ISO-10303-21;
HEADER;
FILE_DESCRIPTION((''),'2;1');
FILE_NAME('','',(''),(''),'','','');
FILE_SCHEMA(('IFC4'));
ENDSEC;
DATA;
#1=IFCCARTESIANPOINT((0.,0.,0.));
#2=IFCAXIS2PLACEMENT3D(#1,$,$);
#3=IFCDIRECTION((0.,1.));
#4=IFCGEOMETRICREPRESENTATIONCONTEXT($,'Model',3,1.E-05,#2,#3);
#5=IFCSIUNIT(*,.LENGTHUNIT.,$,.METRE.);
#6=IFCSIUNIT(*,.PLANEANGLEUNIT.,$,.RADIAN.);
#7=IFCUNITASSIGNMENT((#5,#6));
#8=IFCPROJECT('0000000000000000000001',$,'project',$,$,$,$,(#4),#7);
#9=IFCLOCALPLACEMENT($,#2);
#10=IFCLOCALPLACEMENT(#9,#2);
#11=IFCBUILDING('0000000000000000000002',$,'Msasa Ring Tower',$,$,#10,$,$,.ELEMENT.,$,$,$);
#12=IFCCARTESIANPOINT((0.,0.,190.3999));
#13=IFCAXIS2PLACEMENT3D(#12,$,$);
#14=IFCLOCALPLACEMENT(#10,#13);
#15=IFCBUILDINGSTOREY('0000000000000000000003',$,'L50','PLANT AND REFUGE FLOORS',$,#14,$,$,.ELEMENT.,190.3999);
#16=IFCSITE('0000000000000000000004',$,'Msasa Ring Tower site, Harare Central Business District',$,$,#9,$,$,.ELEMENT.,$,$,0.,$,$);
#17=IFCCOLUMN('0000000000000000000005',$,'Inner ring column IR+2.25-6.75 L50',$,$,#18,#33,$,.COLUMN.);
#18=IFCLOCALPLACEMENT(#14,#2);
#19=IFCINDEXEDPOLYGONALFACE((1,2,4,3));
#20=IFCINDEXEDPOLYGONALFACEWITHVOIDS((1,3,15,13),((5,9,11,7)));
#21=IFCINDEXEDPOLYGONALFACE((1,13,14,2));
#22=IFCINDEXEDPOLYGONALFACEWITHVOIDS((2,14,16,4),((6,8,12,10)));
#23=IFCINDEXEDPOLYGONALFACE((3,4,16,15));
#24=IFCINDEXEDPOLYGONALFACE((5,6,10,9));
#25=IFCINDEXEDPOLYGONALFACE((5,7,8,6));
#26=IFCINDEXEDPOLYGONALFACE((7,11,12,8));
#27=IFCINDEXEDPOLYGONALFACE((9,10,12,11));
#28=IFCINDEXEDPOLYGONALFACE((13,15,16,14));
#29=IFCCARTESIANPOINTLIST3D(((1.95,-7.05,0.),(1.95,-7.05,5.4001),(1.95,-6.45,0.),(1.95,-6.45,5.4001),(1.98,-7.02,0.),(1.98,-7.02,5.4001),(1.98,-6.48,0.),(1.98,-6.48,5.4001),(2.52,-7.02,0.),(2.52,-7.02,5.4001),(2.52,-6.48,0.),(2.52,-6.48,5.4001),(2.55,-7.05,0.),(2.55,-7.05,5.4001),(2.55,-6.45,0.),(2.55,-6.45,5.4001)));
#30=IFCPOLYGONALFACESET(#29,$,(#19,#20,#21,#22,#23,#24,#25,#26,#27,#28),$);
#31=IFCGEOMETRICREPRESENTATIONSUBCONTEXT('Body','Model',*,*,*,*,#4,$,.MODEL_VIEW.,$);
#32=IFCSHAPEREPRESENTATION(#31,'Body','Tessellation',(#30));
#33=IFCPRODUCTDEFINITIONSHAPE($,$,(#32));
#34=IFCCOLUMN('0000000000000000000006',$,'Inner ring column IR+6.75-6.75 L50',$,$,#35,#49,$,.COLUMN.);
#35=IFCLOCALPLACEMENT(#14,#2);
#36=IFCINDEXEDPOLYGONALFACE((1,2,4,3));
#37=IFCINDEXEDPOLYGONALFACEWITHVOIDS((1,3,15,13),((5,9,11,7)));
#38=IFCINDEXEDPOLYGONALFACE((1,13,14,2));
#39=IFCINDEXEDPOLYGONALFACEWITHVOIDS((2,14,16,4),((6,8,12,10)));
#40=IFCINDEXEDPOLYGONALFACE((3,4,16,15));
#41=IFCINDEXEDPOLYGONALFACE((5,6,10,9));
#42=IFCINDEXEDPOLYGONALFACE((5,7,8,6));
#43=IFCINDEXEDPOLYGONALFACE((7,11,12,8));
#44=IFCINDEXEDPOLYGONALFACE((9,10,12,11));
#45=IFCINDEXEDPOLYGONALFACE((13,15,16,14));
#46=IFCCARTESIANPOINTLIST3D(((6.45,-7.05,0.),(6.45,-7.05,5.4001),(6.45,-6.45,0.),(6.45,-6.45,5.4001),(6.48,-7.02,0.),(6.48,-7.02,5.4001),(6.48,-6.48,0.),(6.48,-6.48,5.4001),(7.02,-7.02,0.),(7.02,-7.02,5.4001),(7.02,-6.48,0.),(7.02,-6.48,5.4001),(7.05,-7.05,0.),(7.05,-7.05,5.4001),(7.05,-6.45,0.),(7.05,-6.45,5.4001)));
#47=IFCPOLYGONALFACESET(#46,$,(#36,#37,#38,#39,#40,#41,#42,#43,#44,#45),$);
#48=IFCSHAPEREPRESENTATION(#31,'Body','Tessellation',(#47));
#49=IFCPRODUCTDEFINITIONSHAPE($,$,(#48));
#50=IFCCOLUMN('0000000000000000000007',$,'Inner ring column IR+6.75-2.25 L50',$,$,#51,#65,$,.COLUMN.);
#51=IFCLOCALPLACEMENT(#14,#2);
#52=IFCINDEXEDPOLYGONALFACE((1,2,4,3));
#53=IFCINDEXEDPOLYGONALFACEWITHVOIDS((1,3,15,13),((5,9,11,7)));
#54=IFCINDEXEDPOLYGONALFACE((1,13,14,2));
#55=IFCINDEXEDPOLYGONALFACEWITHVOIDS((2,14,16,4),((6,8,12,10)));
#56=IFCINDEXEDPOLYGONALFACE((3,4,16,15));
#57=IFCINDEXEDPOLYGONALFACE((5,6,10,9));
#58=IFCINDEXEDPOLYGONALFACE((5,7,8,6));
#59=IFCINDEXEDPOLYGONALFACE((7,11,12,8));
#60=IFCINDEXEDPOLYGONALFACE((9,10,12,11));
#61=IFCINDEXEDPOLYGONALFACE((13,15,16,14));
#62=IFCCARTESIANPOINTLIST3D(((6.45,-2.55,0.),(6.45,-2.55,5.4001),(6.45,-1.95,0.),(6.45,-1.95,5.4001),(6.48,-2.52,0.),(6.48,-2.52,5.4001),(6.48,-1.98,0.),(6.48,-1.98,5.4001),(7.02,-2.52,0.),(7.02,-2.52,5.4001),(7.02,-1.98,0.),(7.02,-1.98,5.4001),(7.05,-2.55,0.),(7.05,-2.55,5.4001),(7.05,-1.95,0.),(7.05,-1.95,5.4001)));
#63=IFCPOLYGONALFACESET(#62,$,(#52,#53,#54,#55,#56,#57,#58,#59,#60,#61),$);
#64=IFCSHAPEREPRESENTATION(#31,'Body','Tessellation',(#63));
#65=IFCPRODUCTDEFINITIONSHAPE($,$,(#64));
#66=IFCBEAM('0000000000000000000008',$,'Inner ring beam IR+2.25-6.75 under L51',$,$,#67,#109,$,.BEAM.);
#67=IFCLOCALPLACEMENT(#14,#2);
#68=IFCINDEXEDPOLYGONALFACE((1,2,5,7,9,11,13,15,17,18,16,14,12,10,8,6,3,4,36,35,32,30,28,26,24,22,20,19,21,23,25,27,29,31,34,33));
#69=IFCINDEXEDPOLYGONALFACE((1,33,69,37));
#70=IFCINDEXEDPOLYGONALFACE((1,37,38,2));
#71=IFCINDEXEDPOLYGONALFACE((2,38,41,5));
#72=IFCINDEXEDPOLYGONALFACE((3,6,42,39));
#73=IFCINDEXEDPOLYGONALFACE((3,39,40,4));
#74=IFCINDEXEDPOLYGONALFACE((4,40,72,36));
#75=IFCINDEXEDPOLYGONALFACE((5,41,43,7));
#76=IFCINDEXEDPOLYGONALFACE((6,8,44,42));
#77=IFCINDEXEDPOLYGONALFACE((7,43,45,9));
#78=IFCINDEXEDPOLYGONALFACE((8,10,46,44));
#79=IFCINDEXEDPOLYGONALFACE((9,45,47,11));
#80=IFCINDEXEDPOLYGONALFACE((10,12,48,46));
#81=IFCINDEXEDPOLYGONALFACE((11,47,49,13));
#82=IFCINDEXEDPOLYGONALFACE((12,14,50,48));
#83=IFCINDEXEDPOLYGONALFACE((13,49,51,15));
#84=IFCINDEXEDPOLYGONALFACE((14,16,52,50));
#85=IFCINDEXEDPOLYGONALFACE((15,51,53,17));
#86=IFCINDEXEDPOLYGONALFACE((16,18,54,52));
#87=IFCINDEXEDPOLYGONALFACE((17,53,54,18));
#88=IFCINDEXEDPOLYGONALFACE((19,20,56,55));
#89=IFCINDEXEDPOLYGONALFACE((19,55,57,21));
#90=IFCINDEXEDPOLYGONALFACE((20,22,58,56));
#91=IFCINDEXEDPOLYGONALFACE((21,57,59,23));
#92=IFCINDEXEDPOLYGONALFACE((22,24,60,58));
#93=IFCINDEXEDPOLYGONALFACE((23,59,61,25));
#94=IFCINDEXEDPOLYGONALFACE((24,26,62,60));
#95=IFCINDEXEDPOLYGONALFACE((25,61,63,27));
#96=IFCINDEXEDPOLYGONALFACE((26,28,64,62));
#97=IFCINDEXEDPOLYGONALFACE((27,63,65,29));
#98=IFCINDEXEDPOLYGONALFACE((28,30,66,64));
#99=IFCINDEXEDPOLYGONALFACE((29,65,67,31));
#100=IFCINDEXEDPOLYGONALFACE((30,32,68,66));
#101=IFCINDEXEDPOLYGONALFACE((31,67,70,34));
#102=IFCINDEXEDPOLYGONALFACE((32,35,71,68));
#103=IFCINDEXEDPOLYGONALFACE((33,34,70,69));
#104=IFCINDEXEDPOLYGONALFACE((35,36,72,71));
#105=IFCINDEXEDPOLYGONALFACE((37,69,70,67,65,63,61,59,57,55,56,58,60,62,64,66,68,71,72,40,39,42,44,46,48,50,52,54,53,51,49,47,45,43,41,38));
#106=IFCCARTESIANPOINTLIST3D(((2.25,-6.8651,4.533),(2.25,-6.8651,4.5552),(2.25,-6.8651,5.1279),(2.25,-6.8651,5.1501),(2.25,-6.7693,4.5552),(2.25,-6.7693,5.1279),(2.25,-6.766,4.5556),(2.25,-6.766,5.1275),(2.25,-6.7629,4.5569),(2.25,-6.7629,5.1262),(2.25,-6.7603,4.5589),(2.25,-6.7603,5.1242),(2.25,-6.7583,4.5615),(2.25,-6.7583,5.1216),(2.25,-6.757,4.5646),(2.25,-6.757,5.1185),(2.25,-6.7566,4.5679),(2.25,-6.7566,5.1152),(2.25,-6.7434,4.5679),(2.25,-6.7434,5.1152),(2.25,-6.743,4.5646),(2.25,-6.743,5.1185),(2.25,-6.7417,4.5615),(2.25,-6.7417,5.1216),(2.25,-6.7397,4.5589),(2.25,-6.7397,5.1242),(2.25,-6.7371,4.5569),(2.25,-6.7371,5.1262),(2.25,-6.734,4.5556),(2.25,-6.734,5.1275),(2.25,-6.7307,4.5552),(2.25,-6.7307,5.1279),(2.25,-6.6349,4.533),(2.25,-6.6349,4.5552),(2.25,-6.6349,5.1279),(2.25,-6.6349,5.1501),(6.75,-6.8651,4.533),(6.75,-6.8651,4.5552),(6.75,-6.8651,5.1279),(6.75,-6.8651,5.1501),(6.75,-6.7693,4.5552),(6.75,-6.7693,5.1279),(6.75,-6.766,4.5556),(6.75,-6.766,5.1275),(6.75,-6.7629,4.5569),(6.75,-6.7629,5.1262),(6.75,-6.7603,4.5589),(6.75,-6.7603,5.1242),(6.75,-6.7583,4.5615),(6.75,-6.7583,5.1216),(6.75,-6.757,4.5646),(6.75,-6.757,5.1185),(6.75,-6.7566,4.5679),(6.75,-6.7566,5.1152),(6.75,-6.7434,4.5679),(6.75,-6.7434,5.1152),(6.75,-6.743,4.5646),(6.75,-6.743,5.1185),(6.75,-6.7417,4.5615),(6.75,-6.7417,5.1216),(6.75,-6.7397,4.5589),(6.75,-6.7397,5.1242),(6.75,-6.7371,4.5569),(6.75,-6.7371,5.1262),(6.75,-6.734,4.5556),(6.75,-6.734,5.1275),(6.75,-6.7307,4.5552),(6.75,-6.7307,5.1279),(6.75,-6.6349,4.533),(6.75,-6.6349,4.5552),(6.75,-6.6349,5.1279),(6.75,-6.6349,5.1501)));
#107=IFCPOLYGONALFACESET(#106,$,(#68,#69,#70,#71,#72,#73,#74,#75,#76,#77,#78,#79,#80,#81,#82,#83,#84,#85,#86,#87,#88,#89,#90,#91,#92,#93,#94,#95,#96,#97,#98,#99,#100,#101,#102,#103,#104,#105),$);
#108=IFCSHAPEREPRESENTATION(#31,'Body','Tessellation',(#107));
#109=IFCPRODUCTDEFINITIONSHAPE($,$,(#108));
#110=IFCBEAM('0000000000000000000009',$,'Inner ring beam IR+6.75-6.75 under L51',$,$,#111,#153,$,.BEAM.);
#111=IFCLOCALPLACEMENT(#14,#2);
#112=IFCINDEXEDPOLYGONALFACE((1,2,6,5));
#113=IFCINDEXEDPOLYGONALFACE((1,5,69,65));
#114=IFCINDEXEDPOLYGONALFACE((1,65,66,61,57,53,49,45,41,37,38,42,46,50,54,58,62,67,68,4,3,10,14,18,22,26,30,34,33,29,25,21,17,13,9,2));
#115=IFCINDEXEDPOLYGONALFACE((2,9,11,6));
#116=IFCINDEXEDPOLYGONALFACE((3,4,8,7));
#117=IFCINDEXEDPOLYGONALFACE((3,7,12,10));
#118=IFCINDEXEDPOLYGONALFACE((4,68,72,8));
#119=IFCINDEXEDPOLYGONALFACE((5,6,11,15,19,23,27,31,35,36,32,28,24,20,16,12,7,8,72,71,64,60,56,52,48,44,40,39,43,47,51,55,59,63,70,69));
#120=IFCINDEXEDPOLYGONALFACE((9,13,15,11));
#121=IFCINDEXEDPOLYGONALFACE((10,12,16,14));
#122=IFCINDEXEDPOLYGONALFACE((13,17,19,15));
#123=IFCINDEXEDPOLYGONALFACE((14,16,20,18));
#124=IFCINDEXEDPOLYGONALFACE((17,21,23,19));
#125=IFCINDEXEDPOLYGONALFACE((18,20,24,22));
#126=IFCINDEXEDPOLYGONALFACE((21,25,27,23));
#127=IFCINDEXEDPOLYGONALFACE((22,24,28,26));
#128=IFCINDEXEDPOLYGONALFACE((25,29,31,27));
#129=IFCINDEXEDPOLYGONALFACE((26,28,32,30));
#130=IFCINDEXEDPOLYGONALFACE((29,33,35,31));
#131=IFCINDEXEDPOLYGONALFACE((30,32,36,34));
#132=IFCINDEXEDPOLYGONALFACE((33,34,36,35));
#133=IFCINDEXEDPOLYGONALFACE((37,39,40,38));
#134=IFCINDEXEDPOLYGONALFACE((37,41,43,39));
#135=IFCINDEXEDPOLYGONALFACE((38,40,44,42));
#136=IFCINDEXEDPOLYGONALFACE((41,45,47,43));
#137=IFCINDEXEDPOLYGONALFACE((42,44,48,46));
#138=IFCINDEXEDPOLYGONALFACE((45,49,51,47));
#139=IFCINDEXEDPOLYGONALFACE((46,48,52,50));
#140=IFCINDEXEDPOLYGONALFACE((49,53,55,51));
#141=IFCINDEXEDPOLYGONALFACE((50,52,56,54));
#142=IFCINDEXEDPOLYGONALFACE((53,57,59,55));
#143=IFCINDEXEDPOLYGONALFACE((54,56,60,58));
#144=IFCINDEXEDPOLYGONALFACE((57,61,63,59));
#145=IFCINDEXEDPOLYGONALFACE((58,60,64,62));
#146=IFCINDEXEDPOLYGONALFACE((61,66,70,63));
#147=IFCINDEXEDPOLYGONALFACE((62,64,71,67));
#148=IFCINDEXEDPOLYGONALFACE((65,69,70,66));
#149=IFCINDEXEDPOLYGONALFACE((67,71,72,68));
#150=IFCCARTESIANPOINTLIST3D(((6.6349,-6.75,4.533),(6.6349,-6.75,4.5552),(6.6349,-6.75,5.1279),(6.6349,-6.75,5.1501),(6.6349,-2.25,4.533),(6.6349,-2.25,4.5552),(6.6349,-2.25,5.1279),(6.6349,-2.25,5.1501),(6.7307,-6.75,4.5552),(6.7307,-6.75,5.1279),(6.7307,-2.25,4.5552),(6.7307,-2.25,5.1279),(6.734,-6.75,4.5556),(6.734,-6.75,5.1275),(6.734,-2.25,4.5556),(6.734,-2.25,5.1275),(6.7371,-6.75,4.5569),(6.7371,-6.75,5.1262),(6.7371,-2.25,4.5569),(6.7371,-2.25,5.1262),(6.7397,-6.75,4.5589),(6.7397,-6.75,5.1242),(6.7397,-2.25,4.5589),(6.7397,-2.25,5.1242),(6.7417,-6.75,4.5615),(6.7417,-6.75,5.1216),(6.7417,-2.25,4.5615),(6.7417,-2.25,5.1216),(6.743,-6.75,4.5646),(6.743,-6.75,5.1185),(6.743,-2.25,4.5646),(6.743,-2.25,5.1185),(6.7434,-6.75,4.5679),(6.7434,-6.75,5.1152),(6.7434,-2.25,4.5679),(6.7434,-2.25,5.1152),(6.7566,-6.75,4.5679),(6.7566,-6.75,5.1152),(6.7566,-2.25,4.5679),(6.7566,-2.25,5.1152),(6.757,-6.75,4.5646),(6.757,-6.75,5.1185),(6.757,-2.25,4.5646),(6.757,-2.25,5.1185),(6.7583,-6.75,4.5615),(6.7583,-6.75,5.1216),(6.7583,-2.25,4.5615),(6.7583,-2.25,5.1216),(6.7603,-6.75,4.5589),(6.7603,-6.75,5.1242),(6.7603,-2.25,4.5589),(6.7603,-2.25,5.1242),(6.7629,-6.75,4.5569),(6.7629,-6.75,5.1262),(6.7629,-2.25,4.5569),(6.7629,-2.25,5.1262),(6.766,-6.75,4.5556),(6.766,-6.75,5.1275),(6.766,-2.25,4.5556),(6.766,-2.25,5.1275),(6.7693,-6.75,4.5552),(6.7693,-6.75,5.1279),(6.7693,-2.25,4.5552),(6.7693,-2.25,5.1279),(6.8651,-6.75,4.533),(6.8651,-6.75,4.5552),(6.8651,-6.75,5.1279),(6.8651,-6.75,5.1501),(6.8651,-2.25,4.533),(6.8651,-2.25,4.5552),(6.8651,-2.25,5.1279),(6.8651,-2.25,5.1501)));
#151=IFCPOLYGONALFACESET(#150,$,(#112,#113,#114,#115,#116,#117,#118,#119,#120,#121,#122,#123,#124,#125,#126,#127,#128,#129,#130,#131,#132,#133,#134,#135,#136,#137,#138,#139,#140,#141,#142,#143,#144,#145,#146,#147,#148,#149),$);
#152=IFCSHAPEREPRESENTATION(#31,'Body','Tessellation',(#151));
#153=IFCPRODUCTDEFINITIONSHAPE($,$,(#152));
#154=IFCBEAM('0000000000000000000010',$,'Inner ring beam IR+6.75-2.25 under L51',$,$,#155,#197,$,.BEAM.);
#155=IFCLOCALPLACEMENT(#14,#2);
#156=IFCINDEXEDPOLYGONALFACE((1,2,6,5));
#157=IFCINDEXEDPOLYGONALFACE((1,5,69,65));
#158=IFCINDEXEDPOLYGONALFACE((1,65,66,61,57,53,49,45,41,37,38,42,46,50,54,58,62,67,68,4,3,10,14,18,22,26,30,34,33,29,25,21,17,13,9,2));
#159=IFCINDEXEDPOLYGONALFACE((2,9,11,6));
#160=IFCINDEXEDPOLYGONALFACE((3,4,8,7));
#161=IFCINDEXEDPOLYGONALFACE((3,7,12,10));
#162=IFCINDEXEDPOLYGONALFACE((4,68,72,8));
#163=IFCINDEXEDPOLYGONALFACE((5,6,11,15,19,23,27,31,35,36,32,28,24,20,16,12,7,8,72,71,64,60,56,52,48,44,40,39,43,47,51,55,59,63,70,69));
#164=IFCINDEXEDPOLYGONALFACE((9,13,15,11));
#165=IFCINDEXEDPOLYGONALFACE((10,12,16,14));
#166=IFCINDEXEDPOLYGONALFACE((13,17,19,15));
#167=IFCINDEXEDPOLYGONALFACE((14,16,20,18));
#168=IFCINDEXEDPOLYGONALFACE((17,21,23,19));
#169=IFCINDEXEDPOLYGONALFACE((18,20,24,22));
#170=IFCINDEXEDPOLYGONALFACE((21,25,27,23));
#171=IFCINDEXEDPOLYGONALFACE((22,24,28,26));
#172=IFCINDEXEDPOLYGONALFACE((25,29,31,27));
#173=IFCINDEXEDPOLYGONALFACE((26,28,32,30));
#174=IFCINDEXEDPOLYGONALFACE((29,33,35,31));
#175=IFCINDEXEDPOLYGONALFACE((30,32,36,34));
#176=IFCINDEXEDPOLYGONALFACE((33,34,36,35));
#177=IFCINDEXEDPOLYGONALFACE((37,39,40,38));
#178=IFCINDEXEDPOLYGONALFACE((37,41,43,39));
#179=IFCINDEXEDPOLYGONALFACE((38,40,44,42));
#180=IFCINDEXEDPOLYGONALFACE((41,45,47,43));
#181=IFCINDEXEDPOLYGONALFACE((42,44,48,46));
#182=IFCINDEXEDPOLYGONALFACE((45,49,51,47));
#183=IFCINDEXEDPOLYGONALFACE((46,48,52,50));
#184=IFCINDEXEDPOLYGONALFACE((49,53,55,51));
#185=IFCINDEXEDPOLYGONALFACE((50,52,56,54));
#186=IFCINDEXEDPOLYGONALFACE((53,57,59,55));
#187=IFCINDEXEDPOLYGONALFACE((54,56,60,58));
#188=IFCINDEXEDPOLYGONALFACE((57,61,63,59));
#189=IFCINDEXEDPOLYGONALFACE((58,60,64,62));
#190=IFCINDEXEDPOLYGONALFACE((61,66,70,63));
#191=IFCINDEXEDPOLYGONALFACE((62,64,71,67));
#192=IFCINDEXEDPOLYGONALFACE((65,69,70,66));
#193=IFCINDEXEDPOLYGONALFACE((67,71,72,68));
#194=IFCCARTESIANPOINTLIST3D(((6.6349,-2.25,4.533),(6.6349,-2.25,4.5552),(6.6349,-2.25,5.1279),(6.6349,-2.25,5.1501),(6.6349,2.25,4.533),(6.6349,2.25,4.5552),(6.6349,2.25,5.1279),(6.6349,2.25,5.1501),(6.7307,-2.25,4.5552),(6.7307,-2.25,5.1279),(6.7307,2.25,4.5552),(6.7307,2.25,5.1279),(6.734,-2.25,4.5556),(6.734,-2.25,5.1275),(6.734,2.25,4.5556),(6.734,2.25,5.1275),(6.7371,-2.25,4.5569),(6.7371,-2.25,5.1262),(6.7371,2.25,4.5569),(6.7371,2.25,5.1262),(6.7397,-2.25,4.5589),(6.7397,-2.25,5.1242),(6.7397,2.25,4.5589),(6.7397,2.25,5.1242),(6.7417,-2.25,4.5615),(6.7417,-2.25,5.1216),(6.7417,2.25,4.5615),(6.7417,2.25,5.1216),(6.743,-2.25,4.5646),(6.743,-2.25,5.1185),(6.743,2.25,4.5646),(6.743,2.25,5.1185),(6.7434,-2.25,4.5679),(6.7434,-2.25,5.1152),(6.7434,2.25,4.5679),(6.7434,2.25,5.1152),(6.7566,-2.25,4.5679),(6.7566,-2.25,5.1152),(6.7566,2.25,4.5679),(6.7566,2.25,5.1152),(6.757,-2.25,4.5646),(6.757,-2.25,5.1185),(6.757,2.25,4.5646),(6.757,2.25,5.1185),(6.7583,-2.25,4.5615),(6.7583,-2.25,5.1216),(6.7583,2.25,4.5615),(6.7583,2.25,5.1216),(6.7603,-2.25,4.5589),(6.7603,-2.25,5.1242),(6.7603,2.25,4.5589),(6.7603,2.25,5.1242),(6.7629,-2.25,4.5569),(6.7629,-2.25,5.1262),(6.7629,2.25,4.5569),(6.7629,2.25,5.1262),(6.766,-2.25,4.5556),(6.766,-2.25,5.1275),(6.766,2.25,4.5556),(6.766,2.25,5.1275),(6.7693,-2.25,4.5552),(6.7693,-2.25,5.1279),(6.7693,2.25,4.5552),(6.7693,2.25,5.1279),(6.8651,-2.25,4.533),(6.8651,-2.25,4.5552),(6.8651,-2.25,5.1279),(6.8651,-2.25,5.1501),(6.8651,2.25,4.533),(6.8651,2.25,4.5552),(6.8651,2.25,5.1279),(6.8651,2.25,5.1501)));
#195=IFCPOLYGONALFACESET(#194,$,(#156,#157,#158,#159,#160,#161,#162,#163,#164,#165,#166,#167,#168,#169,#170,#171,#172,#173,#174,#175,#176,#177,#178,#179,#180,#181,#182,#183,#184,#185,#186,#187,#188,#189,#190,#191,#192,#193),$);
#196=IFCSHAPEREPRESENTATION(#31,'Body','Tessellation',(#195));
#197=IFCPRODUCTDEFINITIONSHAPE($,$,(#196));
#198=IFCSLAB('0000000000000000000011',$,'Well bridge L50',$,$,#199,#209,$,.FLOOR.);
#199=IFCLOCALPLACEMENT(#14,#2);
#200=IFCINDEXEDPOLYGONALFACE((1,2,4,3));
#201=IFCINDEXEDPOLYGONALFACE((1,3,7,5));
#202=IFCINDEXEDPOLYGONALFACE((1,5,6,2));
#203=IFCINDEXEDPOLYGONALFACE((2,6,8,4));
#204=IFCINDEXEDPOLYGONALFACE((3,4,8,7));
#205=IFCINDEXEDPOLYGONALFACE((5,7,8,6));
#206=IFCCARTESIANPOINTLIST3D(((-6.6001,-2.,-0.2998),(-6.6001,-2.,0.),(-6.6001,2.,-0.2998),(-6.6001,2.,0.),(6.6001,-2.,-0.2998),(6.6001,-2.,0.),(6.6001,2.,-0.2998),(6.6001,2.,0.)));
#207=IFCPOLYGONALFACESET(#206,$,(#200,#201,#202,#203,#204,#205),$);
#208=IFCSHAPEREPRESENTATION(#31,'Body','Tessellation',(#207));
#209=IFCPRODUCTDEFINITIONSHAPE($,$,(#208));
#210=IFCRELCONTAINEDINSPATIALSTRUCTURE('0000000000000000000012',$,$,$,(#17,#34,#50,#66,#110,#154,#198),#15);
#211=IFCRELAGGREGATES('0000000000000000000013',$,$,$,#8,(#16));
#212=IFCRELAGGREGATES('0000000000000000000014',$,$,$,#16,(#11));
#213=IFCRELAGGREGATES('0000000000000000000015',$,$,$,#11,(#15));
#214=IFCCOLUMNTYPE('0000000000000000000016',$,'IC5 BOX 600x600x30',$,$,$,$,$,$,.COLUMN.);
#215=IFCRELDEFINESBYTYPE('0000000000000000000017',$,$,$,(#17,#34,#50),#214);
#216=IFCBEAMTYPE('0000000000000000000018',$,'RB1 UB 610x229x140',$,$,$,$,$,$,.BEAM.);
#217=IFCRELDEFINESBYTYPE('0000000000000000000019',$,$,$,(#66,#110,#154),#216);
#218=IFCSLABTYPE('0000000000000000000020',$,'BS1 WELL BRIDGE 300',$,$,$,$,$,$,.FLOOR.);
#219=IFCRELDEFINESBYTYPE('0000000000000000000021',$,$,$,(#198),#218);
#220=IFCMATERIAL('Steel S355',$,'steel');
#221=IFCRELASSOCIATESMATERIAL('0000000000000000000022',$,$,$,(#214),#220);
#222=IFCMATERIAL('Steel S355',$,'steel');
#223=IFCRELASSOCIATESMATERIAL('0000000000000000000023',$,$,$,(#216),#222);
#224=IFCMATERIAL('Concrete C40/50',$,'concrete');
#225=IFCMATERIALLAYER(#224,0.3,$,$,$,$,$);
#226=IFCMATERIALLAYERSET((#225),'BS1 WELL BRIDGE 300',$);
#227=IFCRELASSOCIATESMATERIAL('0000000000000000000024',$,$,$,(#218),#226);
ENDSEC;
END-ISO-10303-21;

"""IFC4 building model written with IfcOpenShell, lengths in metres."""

from ifc_helpers import new_model, si_unit, direction, frame, origin, origin_2d, place, context, subcontext, project, spatial, polyline, hollow_rectangle, i_section, outline, extrude, material, layer, layer_set, material_profile, profile_set, type_object, element, save


model = new_model("IFC4")

# Units and contexts
model_context = context("Model", 3, precision=1e-05, world=origin(), true_north=direction((0.0, 1.0)))
body_context = subcontext(model_context, "Body", "Model", "MODEL_VIEW")
ifc_project = project(units=[si_unit("LENGTHUNIT", "METRE"), si_unit("PLANEANGLEUNIT", "RADIAN")], contexts=[model_context])

# Site, building, storey
site_placement = place(None, origin())
site = spatial("IfcSite", under=ifc_project, at=site_placement, Name="Msasa Ring Tower site, Harare Central Business District", CompositionType="ELEMENT", RefElevation=0.0)
building_placement = place(site_placement, origin())
building = spatial("IfcBuilding", under=site, at=building_placement, Name="Msasa Ring Tower", CompositionType="ELEMENT")
storey_placement = place(building_placement, frame((0.0, 0.0, 190.3999)))
storey = spatial("IfcBuildingStorey", under=building, at=storey_placement, Name="L50", Description="PLANT AND REFUGE FLOORS", CompositionType="ELEMENT", Elevation=190.3999)

# Columns
ifc_material_1 = material(Name="Steel S355", Category="steel")
ifc_material_profile_1 = material_profile(ifc_material_1, hollow_rectangle(XDim=0.6001, YDim=0.6001, WallThickness=0.03, at=origin_2d()), Name="BOX 600x600x30")
ifc_profile_set_1 = profile_set([ifc_material_profile_1], Name="Steel S355")
column_type = type_object("IfcColumnType", Name="IC5 BOX 600x600x30", PredefinedType="COLUMN", material=ifc_profile_set_1)
for number, where, z_axis, x_axis, name in (
    (1, (2.25, -6.75, 0.0), (0.0, 0.0, 1.0), (1.0, 0.0, 0.0), "Inner ring column IR+2.25-6.75 L50"),
    (2, (6.75, -6.75, 0.0), (0.0, 0.0, 1.0), (1.0, 0.0, 0.0), "Inner ring column IR+6.75-6.75 L50"),
    (3, (6.75, -2.25, 0.0), (0.0, 0.0, 1.0), (1.0, 0.0, 0.0), "Inner ring column IR+6.75-2.25 L50"),
):
    element("IfcColumn", number, at=place(storey_placement, frame(where, z_axis=z_axis, x_axis=x_axis)), inside=storey, type_object=column_type, Name=name, PredefinedType="COLUMN", context=body_context, shape_type="SweptSolid", body=[
        extrude(hollow_rectangle(XDim=0.6001, YDim=0.6001, WallThickness=0.03, at=origin_2d()), origin(), (0.0, 0.0, 1.0), 5.4001),
    ])

# Beams
ifc_material_2 = material(Name="Steel S355", Category="steel")
ifc_material_profile_2 = material_profile(ifc_material_2, i_section(OverallWidth=0.2302, OverallDepth=0.6172, WebThickness=0.0132, FlangeThickness=0.0222, FilletRadius=0.0127, at=origin_2d()), Name="UB 610x229x140")
ifc_profile_set_2 = profile_set([ifc_material_profile_2], Name="Steel S355")
beam_type = type_object("IfcBeamType", Name="RB1 UB 610x229x140", PredefinedType="BEAM", material=ifc_profile_set_2)
for number, where, z_axis, x_axis, name in (
    (4, (2.25, -6.75, 4.8416), (1.0, 0.0, 0.0), (0.0, 1.0, 0.0), "Inner ring beam IR+2.25-6.75 under L51"),
    (5, (6.75, -6.75, 4.8416), (0.0, 1.0, 0.0), (-1.0, 0.0, 0.0), "Inner ring beam IR+6.75-6.75 under L51"),
    (6, (6.75, -2.25, 4.8416), (0.0, 1.0, 0.0), (-1.0, 0.0, 0.0), "Inner ring beam IR+6.75-2.25 under L51"),
):
    element("IfcBeam", number, at=place(storey_placement, frame(where, z_axis=z_axis, x_axis=x_axis)), inside=storey, type_object=beam_type, Name=name, PredefinedType="BEAM", context=body_context, shape_type="SweptSolid", body=[
        extrude(i_section(OverallWidth=0.2302, OverallDepth=0.6172, WebThickness=0.0132, FlangeThickness=0.0222, FilletRadius=0.0127, at=origin_2d()), origin(), (0.0, 0.0, 1.0), 4.5),
    ])

# Slab
ifc_material_3 = material(Name="Concrete C40/50", Category="concrete")
ifc_layer_1 = layer(ifc_material_3, 0.3)
ifc_layer_set_1 = layer_set([ifc_layer_1], Name="BS1 WELL BRIDGE 300")
slab_type_1 = type_object("IfcSlabType", Name="BS1 WELL BRIDGE 300", PredefinedType="FLOOR", material=ifc_layer_set_1)
slab_1_placement = place(storey_placement, frame((0.0, 0.0, -0.2998)))
element("IfcSlab", 7, at=slab_1_placement, inside=storey, type_object=slab_type_1, Name="Well bridge L50", PredefinedType="FLOOR", context=body_context, shape_type="SweptSolid", body=[
    extrude(outline(polyline([(-6.6001, -2.0), (6.6001, -2.0), (6.6001, 2.0), (-6.6001, 2.0), (-6.6001, -2.0)])), origin(), (0.0, 0.0, 1.0), 0.2998),
])

save(model, "model.ifc")
